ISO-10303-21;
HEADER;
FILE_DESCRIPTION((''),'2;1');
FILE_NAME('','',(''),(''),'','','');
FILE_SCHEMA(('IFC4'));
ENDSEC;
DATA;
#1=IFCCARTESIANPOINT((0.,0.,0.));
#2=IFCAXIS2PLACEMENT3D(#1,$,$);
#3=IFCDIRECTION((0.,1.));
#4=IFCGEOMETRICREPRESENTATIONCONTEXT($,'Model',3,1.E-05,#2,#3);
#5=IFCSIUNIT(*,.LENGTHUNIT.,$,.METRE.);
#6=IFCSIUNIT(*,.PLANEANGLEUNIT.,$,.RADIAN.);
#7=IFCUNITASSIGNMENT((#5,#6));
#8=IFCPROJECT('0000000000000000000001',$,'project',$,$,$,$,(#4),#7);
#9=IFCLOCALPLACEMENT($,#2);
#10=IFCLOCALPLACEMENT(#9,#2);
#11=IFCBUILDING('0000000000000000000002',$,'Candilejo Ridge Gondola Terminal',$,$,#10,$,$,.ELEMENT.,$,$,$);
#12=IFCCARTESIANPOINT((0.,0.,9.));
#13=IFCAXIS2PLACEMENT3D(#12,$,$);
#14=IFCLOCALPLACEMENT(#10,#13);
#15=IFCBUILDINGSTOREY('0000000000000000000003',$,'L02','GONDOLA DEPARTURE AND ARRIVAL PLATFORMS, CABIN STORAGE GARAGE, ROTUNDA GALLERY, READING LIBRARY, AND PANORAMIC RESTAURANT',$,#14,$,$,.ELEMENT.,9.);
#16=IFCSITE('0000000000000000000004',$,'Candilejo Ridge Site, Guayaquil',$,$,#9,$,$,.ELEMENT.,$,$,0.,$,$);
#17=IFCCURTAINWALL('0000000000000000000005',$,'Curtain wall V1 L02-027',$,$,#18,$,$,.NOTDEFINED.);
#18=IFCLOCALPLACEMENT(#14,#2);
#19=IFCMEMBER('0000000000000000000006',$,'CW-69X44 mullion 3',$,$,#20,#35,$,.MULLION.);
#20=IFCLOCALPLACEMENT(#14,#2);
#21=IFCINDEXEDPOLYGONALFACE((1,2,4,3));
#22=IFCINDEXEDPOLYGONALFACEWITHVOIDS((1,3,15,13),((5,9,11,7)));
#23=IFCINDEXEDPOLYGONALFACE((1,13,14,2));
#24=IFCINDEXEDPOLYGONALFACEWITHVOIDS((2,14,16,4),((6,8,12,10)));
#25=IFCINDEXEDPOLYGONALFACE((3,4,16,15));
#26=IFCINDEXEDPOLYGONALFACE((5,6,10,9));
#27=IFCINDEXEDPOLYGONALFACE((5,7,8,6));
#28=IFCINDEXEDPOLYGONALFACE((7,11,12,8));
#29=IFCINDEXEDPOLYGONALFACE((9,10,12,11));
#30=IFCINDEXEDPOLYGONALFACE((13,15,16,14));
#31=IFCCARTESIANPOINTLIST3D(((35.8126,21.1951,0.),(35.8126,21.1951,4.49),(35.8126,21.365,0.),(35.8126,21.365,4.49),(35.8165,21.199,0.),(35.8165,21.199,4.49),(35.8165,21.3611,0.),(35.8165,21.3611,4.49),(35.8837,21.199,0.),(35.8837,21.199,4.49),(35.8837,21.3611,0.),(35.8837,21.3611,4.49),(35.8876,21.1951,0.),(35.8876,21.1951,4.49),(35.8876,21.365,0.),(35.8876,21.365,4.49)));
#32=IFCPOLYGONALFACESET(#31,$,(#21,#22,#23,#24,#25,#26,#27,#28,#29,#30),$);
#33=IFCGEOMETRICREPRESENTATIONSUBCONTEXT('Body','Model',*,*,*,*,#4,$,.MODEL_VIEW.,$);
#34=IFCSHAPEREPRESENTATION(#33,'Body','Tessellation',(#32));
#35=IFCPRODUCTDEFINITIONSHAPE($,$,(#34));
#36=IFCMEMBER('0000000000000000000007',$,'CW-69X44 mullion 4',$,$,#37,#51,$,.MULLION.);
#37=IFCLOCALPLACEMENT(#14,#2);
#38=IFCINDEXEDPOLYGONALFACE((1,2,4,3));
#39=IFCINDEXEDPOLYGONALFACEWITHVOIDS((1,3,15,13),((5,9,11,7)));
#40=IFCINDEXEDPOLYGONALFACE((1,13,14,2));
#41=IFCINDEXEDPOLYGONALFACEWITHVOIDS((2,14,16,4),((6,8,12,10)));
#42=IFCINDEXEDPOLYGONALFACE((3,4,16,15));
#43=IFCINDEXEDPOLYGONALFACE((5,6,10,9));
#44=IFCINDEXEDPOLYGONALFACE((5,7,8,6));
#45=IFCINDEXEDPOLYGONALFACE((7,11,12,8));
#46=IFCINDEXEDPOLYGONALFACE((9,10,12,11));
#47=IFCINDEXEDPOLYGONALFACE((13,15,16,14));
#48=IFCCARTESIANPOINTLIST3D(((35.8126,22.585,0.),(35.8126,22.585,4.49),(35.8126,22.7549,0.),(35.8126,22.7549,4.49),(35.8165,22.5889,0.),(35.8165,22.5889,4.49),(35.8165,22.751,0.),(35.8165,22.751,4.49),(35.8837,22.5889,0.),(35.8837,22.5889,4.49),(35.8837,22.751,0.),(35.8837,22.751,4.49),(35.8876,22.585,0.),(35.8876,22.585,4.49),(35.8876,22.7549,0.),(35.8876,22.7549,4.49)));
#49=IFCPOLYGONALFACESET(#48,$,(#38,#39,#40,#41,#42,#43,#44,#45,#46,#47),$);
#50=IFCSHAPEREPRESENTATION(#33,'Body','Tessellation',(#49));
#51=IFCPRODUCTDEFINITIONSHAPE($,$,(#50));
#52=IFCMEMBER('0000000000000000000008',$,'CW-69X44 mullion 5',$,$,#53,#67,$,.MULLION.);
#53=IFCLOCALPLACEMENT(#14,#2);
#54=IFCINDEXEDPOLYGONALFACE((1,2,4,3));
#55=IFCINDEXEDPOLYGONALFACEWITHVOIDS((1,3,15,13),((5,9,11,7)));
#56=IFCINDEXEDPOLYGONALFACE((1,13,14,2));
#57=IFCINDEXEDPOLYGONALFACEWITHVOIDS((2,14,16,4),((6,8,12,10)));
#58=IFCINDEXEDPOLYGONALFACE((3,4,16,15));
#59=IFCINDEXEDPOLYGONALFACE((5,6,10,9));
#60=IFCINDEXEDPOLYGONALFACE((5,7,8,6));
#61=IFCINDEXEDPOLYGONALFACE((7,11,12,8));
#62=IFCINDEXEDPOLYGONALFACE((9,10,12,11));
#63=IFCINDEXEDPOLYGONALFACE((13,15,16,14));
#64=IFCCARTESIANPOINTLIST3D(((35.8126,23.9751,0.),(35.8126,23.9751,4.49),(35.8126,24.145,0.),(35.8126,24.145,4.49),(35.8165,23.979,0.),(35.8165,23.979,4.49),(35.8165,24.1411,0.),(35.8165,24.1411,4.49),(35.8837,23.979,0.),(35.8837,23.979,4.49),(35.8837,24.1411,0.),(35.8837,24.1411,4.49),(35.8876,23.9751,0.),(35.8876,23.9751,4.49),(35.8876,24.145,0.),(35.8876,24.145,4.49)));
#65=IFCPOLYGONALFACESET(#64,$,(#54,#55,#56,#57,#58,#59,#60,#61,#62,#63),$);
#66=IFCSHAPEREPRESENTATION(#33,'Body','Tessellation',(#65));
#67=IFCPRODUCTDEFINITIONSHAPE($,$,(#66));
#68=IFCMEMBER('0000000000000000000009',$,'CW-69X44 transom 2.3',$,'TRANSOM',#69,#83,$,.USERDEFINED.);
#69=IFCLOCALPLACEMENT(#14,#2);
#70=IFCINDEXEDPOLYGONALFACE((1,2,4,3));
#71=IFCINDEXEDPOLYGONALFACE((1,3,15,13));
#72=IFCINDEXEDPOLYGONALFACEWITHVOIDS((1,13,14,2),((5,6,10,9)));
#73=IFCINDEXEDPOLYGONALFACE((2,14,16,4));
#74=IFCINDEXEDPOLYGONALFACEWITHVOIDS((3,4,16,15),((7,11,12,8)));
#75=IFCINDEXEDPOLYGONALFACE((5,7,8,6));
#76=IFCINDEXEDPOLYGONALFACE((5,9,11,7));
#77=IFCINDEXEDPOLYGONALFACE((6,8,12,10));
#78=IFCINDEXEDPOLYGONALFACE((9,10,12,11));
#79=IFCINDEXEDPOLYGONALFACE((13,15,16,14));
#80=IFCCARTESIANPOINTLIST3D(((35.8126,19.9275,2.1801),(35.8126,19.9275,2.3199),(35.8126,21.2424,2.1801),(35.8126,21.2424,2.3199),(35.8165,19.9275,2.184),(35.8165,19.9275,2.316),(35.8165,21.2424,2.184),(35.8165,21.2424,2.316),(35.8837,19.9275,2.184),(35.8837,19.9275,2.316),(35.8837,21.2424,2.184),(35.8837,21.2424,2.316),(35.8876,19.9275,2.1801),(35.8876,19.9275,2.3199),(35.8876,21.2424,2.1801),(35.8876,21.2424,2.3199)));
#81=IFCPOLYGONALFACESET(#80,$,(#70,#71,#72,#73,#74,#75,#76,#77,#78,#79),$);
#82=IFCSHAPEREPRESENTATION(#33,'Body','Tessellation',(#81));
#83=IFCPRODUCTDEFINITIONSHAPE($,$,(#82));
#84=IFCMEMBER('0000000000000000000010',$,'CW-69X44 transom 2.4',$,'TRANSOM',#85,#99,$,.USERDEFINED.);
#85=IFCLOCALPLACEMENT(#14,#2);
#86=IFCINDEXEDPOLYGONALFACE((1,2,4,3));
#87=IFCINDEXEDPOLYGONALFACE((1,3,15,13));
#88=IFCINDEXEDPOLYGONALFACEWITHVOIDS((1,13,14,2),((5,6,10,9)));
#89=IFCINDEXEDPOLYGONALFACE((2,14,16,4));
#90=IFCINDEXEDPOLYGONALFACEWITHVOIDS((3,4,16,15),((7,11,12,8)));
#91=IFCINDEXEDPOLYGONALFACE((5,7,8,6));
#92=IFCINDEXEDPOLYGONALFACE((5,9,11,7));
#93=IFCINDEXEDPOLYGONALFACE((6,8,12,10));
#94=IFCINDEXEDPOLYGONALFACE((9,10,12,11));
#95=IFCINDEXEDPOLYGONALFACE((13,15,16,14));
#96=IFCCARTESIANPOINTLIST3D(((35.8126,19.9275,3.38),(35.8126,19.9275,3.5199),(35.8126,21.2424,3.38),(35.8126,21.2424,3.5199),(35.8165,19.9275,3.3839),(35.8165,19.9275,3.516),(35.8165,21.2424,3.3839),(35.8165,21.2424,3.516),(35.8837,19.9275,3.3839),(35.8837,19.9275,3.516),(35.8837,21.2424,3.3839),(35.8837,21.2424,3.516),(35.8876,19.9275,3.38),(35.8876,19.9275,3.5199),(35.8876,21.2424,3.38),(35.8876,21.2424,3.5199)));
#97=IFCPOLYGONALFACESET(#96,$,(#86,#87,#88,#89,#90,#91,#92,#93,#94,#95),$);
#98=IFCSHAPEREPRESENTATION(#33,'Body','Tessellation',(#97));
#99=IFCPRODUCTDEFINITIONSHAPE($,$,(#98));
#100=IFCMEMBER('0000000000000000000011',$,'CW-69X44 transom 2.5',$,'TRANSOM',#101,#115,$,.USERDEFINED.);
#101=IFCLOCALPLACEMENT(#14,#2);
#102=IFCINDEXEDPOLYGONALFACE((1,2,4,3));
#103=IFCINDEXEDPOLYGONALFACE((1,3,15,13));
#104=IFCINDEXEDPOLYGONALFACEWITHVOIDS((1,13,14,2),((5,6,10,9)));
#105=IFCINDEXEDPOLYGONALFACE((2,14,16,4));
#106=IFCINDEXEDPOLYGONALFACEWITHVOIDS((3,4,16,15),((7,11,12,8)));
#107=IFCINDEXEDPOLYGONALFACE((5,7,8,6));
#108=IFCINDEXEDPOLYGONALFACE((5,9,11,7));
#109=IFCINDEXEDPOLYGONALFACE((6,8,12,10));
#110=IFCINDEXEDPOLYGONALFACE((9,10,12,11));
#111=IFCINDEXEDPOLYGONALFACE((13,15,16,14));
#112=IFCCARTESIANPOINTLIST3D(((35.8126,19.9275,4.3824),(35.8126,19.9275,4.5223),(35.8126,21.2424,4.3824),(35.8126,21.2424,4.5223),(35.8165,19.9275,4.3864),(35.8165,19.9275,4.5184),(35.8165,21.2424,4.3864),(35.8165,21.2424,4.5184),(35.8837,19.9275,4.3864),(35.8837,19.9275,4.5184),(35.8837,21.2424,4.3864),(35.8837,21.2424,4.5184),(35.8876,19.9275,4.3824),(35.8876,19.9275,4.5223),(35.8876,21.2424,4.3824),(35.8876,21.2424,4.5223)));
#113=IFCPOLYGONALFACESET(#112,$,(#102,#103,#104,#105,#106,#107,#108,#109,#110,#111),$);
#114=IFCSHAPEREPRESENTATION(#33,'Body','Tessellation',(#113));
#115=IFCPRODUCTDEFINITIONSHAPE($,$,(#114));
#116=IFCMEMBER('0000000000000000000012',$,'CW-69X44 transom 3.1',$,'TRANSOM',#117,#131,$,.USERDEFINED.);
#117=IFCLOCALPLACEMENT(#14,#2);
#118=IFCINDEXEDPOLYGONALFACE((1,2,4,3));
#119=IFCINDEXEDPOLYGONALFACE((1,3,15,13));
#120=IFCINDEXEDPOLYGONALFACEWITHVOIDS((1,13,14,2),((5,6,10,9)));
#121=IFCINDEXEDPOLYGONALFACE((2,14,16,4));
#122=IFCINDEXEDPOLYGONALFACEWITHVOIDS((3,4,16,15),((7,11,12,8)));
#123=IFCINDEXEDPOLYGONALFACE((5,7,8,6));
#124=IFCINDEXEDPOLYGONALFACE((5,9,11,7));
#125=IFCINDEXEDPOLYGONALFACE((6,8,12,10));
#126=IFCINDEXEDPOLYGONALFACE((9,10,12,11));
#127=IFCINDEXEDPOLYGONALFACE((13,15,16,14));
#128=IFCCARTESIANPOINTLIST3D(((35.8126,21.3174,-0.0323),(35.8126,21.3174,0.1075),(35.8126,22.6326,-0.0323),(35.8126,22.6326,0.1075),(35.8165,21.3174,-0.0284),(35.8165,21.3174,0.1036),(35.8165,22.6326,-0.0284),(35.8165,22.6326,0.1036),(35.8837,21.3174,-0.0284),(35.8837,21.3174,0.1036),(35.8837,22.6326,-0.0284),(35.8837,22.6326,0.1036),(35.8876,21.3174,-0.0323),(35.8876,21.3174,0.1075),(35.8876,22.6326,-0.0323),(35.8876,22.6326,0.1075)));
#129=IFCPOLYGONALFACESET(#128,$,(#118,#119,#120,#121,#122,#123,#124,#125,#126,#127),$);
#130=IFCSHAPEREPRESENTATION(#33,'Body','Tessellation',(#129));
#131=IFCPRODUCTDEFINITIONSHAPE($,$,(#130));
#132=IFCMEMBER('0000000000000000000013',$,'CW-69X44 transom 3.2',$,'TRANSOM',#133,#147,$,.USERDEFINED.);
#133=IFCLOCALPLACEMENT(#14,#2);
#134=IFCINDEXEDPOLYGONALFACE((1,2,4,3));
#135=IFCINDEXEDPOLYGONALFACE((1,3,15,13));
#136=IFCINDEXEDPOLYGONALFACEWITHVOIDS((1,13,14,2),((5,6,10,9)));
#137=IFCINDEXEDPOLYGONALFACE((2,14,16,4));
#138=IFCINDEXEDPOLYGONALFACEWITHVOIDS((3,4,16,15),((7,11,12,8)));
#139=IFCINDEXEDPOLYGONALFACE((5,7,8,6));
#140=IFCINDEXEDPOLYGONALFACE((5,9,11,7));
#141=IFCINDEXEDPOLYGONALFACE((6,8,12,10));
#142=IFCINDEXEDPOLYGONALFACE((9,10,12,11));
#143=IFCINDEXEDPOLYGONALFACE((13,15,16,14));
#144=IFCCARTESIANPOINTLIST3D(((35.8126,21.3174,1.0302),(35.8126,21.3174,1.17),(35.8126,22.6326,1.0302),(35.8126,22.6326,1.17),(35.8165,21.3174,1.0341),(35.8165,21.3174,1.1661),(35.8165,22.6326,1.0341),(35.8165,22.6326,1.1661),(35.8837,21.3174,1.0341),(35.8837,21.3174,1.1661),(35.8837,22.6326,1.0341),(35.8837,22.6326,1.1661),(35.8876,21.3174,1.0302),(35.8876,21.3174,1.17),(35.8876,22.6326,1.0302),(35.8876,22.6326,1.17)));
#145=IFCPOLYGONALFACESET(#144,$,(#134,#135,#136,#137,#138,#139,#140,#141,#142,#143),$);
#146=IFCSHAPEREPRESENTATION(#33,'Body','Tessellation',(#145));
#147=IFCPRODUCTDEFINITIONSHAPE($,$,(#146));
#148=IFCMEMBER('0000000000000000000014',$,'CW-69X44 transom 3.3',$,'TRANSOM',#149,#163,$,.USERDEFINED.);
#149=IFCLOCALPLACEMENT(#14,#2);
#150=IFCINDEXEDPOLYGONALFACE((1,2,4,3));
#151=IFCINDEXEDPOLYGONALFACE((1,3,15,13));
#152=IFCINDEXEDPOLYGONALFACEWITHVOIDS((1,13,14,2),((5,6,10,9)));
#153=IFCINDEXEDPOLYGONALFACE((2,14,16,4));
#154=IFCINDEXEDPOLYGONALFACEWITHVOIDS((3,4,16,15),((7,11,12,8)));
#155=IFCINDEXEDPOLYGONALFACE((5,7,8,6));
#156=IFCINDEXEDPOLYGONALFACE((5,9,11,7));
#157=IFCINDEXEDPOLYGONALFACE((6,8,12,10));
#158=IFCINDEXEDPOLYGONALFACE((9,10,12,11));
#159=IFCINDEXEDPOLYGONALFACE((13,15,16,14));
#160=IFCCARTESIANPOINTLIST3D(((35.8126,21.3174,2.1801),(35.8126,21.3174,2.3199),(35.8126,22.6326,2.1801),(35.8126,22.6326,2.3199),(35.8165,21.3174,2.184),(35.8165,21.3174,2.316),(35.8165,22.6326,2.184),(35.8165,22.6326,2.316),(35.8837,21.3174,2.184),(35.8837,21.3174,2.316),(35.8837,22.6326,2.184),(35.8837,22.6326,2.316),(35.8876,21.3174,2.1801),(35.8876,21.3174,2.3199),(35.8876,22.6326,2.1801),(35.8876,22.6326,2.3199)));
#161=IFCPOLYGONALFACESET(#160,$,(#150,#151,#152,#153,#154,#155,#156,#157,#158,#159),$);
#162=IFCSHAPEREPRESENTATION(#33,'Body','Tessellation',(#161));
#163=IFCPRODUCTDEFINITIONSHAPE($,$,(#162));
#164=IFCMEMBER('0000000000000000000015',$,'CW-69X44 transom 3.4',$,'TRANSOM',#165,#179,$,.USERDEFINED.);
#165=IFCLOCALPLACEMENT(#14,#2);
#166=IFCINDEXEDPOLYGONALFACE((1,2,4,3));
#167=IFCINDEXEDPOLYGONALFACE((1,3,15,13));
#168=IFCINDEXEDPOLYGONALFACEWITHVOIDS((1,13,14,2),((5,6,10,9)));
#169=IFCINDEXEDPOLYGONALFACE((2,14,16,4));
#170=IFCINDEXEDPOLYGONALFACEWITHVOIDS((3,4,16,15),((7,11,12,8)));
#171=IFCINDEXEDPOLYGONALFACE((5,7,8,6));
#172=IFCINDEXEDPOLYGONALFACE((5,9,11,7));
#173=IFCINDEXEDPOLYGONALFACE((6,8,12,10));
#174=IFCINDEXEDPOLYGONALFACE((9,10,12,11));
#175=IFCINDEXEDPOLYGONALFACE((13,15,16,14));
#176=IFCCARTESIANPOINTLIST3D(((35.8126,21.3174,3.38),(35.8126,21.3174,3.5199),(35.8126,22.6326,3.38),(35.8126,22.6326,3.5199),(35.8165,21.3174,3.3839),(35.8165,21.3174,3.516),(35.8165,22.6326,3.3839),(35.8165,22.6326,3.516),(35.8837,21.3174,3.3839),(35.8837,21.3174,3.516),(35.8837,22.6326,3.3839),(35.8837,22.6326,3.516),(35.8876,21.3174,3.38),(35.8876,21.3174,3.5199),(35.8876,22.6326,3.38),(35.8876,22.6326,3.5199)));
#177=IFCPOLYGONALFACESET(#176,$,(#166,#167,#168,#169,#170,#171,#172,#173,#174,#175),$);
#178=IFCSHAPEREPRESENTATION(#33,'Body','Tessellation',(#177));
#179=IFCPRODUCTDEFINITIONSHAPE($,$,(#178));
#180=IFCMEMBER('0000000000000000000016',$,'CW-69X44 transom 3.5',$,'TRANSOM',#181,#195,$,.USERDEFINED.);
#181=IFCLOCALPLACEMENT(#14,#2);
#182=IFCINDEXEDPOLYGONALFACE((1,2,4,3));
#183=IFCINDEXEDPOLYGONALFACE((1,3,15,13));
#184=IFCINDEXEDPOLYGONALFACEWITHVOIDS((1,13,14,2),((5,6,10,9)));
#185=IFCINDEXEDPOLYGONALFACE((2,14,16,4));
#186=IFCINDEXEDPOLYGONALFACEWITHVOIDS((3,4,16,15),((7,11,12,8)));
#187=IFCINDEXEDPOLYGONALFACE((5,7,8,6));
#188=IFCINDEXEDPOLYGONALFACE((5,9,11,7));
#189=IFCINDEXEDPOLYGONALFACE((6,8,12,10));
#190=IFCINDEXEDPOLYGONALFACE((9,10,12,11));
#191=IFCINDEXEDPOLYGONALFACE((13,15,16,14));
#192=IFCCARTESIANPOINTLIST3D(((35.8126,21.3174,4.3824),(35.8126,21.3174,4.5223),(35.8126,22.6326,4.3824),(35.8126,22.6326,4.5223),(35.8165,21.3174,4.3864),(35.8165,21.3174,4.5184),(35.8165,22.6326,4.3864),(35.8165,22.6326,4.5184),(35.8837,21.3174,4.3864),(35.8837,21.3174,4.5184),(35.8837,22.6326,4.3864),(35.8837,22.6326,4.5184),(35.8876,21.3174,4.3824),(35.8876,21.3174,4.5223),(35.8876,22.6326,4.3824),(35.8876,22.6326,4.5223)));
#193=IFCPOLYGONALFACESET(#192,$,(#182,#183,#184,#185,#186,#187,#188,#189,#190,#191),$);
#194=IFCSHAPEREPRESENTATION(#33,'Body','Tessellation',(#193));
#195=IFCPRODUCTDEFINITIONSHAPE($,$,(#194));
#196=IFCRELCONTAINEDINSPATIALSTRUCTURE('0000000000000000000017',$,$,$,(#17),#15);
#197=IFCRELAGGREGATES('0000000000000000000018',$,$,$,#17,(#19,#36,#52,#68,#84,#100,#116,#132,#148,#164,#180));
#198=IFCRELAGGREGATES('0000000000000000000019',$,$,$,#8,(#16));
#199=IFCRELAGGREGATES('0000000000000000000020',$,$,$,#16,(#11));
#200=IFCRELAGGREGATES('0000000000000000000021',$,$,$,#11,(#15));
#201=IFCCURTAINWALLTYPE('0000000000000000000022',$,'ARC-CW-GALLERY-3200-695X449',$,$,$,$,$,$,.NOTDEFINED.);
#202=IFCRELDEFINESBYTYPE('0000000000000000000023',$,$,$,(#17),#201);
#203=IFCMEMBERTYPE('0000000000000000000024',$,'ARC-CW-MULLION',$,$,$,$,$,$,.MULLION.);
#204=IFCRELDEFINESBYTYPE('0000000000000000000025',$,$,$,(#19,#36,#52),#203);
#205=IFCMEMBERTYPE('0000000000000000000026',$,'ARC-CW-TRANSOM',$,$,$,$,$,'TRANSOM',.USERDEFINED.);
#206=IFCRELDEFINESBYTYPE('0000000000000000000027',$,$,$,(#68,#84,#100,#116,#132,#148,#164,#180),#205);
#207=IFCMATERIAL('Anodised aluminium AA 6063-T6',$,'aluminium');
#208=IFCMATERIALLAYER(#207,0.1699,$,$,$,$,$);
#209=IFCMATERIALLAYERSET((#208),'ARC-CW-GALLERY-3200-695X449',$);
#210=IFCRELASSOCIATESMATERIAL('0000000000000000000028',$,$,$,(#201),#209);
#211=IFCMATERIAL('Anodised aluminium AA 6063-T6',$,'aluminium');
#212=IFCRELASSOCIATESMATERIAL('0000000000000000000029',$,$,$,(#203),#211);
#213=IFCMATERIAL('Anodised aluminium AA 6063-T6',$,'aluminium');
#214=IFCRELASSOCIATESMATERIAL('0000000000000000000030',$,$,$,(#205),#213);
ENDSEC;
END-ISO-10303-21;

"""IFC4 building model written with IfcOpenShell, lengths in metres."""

from ifc_helpers import new_model, si_unit, direction, frame, origin, origin_2d, place, context, subcontext, project, spatial, hollow_rectangle, extrude, material, layer, layer_set, material_profile, profile_set, type_object, element, aggregate, save


model = new_model("IFC4")

# Units and contexts
model_context = context("Model", 3, precision=1e-05, world=origin(), true_north=direction((0.0, 1.0)))
body_context = subcontext(model_context, "Body", "Model", "MODEL_VIEW")
ifc_project = project(units=[si_unit("LENGTHUNIT", "METRE"), si_unit("PLANEANGLEUNIT", "RADIAN")], contexts=[model_context])

# Site, building, storey
site_placement = place(None, origin())
site = spatial("IfcSite", under=ifc_project, at=site_placement, Name="Candilejo Ridge Site, Guayaquil", CompositionType="ELEMENT", RefElevation=0.0)
building_placement = place(site_placement, origin())
building = spatial("IfcBuilding", under=site, at=building_placement, Name="Candilejo Ridge Gondola Terminal", CompositionType="ELEMENT")
storey_placement = place(building_placement, frame((0.0, 0.0, 9.0)))
storey = spatial("IfcBuildingStorey", under=building, at=storey_placement, Name="L02", Description="GONDOLA DEPARTURE AND ARRIVAL PLATFORMS, CABIN STORAGE GARAGE, ROTUNDA GALLERY, READING LIBRARY, AND PANORAMIC RESTAURANT", CompositionType="ELEMENT", Elevation=9.0)

# Curtain wall, members
ifc_material_1 = material(Name="Anodised aluminium AA 6063-T6", Category="aluminium")
ifc_layer_1 = layer(ifc_material_1, 0.1699)
ifc_layer_set_1 = layer_set([ifc_layer_1], Name="ARC-CW-GALLERY-3200-695X449")
curtain_wall_type = type_object("IfcCurtainWallType", Name="ARC-CW-GALLERY-3200-695X449", PredefinedType="NOTDEFINED", material=ifc_layer_set_1)
curtain_wall_placement = place(storey_placement, origin())
curtain_wall = element("IfcCurtainWall", 1, at=curtain_wall_placement, inside=storey, type_object=curtain_wall_type, Name="Curtain wall V1 L02-027", PredefinedType="NOTDEFINED")
ifc_material_2 = material(Name="Anodised aluminium AA 6063-T6", Category="aluminium")
ifc_material_profile_1 = material_profile(ifc_material_2, hollow_rectangle(XDim=0.075, YDim=0.1699, WallThickness=0.0039, at=origin_2d()))
ifc_profile_set_1 = profile_set([ifc_material_profile_1], Name="Anodised aluminium AA 6063-T6")
member_type_1 = type_object("IfcMemberType", Name="ARC-CW-MULLION", PredefinedType="MULLION", material=ifc_profile_set_1)
member_1_placement = place(storey_placement, frame((35.8501, 21.28, 0.0), z_axis=(0.0, 0.0, 1.0), x_axis=(-1.0, 0.0, 0.0)))
member_1 = element("IfcMember", 2, at=member_1_placement, type_object=member_type_1, Name="CW-69X44 mullion 3", PredefinedType="MULLION", context=body_context, shape_type="SweptSolid", body=[
    extrude(hollow_rectangle(XDim=0.075, YDim=0.1699, WallThickness=0.0039, at=origin_2d()), origin(), (0.0, 0.0, 1.0), 4.49),
])
member_2_placement = place(storey_placement, frame((35.8501, 22.6699, 0.0), z_axis=(0.0, 0.0, 1.0), x_axis=(-1.0, 0.0, 0.0)))
member_2 = element("IfcMember", 3, at=member_2_placement, type_object=member_type_1, Name="CW-69X44 mullion 4", PredefinedType="MULLION", context=body_context, shape_type="SweptSolid", body=[
    extrude(hollow_rectangle(XDim=0.075, YDim=0.1699, WallThickness=0.0039, at=origin_2d()), origin(), (0.0, 0.0, 1.0), 4.49),
])
member_3_placement = place(storey_placement, frame((35.8501, 24.0601, 0.0), z_axis=(0.0, 0.0, 1.0), x_axis=(-1.0, 0.0, 0.0)))
member_3 = element("IfcMember", 4, at=member_3_placement, type_object=member_type_1, Name="CW-69X44 mullion 5", PredefinedType="MULLION", context=body_context, shape_type="SweptSolid", body=[
    extrude(hollow_rectangle(XDim=0.075, YDim=0.1699, WallThickness=0.0039, at=origin_2d()), origin(), (0.0, 0.0, 1.0), 4.49),
])
ifc_material_3 = material(Name="Anodised aluminium AA 6063-T6", Category="aluminium")
ifc_material_profile_2 = material_profile(ifc_material_3, hollow_rectangle(XDim=0.075, YDim=0.1399, WallThickness=0.0039, at=origin_2d()))
ifc_profile_set_2 = profile_set([ifc_material_profile_2], Name="Anodised aluminium AA 6063-T6")
member_type_2 = type_object("IfcMemberType", Name="ARC-CW-TRANSOM", ElementType="TRANSOM", PredefinedType="USERDEFINED", material=ifc_profile_set_2)
member_4_placement = place(storey_placement, frame((35.8501, 19.9275, 2.25), z_axis=(0.0, 1.0, 0.0), x_axis=(-1.0, 0.0, 0.0)))
member_4 = element("IfcMember", 5, at=member_4_placement, type_object=member_type_2, Name="CW-69X44 transom 2.3", ObjectType="TRANSOM", PredefinedType="USERDEFINED", context=body_context, shape_type="SweptSolid", body=[
    extrude(hollow_rectangle(XDim=0.075, YDim=0.1399, WallThickness=0.0039, at=origin_2d()), origin(), (0.0, 0.0, 1.0), 1.3149),
])
member_5_placement = place(storey_placement, frame((35.8501, 19.9275, 3.45), z_axis=(0.0, 1.0, 0.0), x_axis=(-1.0, 0.0, 0.0)))
member_5 = element("IfcMember", 6, at=member_5_placement, type_object=member_type_2, Name="CW-69X44 transom 2.4", ObjectType="TRANSOM", PredefinedType="USERDEFINED", context=body_context, shape_type="SweptSolid", body=[
    extrude(hollow_rectangle(XDim=0.075, YDim=0.1399, WallThickness=0.0039, at=origin_2d()), origin(), (0.0, 0.0, 1.0), 1.3149),
])
member_6_placement = place(storey_placement, frame((35.8501, 19.9275, 4.4524), z_axis=(0.0, 1.0, 0.0), x_axis=(-1.0, 0.0, 0.0)))
member_6 = element("IfcMember", 7, at=member_6_placement, type_object=member_type_2, Name="CW-69X44 transom 2.5", ObjectType="TRANSOM", PredefinedType="USERDEFINED", context=body_context, shape_type="SweptSolid", body=[
    extrude(hollow_rectangle(XDim=0.075, YDim=0.1399, WallThickness=0.0039, at=origin_2d()), origin(), (0.0, 0.0, 1.0), 1.3149),
])
member_7_placement = place(storey_placement, frame((35.8501, 21.3174, 0.0376), z_axis=(0.0, 1.0, 0.0), x_axis=(-1.0, 0.0, 0.0)))
member_7 = element("IfcMember", 8, at=member_7_placement, type_object=member_type_2, Name="CW-69X44 transom 3.1", ObjectType="TRANSOM", PredefinedType="USERDEFINED", context=body_context, shape_type="SweptSolid", body=[
    extrude(hollow_rectangle(XDim=0.075, YDim=0.1399, WallThickness=0.0039, at=origin_2d()), origin(), (0.0, 0.0, 1.0), 1.3152),
])
member_8_placement = place(storey_placement, frame((35.8501, 21.3174, 1.1001), z_axis=(0.0, 1.0, 0.0), x_axis=(-1.0, 0.0, 0.0)))
member_8 = element("IfcMember", 9, at=member_8_placement, type_object=member_type_2, Name="CW-69X44 transom 3.2", ObjectType="TRANSOM", PredefinedType="USERDEFINED", context=body_context, shape_type="SweptSolid", body=[
    extrude(hollow_rectangle(XDim=0.075, YDim=0.1399, WallThickness=0.0039, at=origin_2d()), origin(), (0.0, 0.0, 1.0), 1.3152),
])
member_9_placement = place(storey_placement, frame((35.8501, 21.3174, 2.25), z_axis=(0.0, 1.0, 0.0), x_axis=(-1.0, 0.0, 0.0)))
member_9 = element("IfcMember", 10, at=member_9_placement, type_object=member_type_2, Name="CW-69X44 transom 3.3", ObjectType="TRANSOM", PredefinedType="USERDEFINED", context=body_context, shape_type="SweptSolid", body=[
    extrude(hollow_rectangle(XDim=0.075, YDim=0.1399, WallThickness=0.0039, at=origin_2d()), origin(), (0.0, 0.0, 1.0), 1.3152),
])
member_10_placement = place(storey_placement, frame((35.8501, 21.3174, 3.45), z_axis=(0.0, 1.0, 0.0), x_axis=(-1.0, 0.0, 0.0)))
member_10 = element("IfcMember", 11, at=member_10_placement, type_object=member_type_2, Name="CW-69X44 transom 3.4", ObjectType="TRANSOM", PredefinedType="USERDEFINED", context=body_context, shape_type="SweptSolid", body=[
    extrude(hollow_rectangle(XDim=0.075, YDim=0.1399, WallThickness=0.0039, at=origin_2d()), origin(), (0.0, 0.0, 1.0), 1.3152),
])
member_11_placement = place(storey_placement, frame((35.8501, 21.3174, 4.4524), z_axis=(0.0, 1.0, 0.0), x_axis=(-1.0, 0.0, 0.0)))
member_11 = element("IfcMember", 12, at=member_11_placement, type_object=member_type_2, Name="CW-69X44 transom 3.5", ObjectType="TRANSOM", PredefinedType="USERDEFINED", context=body_context, shape_type="SweptSolid", body=[
    extrude(hollow_rectangle(XDim=0.075, YDim=0.1399, WallThickness=0.0039, at=origin_2d()), origin(), (0.0, 0.0, 1.0), 1.3152),
])
aggregate(curtain_wall, [member_1, member_2, member_3, member_4, member_5, member_6, member_7, member_8, member_9, member_10, member_11])

save(model, "model.ifc")
